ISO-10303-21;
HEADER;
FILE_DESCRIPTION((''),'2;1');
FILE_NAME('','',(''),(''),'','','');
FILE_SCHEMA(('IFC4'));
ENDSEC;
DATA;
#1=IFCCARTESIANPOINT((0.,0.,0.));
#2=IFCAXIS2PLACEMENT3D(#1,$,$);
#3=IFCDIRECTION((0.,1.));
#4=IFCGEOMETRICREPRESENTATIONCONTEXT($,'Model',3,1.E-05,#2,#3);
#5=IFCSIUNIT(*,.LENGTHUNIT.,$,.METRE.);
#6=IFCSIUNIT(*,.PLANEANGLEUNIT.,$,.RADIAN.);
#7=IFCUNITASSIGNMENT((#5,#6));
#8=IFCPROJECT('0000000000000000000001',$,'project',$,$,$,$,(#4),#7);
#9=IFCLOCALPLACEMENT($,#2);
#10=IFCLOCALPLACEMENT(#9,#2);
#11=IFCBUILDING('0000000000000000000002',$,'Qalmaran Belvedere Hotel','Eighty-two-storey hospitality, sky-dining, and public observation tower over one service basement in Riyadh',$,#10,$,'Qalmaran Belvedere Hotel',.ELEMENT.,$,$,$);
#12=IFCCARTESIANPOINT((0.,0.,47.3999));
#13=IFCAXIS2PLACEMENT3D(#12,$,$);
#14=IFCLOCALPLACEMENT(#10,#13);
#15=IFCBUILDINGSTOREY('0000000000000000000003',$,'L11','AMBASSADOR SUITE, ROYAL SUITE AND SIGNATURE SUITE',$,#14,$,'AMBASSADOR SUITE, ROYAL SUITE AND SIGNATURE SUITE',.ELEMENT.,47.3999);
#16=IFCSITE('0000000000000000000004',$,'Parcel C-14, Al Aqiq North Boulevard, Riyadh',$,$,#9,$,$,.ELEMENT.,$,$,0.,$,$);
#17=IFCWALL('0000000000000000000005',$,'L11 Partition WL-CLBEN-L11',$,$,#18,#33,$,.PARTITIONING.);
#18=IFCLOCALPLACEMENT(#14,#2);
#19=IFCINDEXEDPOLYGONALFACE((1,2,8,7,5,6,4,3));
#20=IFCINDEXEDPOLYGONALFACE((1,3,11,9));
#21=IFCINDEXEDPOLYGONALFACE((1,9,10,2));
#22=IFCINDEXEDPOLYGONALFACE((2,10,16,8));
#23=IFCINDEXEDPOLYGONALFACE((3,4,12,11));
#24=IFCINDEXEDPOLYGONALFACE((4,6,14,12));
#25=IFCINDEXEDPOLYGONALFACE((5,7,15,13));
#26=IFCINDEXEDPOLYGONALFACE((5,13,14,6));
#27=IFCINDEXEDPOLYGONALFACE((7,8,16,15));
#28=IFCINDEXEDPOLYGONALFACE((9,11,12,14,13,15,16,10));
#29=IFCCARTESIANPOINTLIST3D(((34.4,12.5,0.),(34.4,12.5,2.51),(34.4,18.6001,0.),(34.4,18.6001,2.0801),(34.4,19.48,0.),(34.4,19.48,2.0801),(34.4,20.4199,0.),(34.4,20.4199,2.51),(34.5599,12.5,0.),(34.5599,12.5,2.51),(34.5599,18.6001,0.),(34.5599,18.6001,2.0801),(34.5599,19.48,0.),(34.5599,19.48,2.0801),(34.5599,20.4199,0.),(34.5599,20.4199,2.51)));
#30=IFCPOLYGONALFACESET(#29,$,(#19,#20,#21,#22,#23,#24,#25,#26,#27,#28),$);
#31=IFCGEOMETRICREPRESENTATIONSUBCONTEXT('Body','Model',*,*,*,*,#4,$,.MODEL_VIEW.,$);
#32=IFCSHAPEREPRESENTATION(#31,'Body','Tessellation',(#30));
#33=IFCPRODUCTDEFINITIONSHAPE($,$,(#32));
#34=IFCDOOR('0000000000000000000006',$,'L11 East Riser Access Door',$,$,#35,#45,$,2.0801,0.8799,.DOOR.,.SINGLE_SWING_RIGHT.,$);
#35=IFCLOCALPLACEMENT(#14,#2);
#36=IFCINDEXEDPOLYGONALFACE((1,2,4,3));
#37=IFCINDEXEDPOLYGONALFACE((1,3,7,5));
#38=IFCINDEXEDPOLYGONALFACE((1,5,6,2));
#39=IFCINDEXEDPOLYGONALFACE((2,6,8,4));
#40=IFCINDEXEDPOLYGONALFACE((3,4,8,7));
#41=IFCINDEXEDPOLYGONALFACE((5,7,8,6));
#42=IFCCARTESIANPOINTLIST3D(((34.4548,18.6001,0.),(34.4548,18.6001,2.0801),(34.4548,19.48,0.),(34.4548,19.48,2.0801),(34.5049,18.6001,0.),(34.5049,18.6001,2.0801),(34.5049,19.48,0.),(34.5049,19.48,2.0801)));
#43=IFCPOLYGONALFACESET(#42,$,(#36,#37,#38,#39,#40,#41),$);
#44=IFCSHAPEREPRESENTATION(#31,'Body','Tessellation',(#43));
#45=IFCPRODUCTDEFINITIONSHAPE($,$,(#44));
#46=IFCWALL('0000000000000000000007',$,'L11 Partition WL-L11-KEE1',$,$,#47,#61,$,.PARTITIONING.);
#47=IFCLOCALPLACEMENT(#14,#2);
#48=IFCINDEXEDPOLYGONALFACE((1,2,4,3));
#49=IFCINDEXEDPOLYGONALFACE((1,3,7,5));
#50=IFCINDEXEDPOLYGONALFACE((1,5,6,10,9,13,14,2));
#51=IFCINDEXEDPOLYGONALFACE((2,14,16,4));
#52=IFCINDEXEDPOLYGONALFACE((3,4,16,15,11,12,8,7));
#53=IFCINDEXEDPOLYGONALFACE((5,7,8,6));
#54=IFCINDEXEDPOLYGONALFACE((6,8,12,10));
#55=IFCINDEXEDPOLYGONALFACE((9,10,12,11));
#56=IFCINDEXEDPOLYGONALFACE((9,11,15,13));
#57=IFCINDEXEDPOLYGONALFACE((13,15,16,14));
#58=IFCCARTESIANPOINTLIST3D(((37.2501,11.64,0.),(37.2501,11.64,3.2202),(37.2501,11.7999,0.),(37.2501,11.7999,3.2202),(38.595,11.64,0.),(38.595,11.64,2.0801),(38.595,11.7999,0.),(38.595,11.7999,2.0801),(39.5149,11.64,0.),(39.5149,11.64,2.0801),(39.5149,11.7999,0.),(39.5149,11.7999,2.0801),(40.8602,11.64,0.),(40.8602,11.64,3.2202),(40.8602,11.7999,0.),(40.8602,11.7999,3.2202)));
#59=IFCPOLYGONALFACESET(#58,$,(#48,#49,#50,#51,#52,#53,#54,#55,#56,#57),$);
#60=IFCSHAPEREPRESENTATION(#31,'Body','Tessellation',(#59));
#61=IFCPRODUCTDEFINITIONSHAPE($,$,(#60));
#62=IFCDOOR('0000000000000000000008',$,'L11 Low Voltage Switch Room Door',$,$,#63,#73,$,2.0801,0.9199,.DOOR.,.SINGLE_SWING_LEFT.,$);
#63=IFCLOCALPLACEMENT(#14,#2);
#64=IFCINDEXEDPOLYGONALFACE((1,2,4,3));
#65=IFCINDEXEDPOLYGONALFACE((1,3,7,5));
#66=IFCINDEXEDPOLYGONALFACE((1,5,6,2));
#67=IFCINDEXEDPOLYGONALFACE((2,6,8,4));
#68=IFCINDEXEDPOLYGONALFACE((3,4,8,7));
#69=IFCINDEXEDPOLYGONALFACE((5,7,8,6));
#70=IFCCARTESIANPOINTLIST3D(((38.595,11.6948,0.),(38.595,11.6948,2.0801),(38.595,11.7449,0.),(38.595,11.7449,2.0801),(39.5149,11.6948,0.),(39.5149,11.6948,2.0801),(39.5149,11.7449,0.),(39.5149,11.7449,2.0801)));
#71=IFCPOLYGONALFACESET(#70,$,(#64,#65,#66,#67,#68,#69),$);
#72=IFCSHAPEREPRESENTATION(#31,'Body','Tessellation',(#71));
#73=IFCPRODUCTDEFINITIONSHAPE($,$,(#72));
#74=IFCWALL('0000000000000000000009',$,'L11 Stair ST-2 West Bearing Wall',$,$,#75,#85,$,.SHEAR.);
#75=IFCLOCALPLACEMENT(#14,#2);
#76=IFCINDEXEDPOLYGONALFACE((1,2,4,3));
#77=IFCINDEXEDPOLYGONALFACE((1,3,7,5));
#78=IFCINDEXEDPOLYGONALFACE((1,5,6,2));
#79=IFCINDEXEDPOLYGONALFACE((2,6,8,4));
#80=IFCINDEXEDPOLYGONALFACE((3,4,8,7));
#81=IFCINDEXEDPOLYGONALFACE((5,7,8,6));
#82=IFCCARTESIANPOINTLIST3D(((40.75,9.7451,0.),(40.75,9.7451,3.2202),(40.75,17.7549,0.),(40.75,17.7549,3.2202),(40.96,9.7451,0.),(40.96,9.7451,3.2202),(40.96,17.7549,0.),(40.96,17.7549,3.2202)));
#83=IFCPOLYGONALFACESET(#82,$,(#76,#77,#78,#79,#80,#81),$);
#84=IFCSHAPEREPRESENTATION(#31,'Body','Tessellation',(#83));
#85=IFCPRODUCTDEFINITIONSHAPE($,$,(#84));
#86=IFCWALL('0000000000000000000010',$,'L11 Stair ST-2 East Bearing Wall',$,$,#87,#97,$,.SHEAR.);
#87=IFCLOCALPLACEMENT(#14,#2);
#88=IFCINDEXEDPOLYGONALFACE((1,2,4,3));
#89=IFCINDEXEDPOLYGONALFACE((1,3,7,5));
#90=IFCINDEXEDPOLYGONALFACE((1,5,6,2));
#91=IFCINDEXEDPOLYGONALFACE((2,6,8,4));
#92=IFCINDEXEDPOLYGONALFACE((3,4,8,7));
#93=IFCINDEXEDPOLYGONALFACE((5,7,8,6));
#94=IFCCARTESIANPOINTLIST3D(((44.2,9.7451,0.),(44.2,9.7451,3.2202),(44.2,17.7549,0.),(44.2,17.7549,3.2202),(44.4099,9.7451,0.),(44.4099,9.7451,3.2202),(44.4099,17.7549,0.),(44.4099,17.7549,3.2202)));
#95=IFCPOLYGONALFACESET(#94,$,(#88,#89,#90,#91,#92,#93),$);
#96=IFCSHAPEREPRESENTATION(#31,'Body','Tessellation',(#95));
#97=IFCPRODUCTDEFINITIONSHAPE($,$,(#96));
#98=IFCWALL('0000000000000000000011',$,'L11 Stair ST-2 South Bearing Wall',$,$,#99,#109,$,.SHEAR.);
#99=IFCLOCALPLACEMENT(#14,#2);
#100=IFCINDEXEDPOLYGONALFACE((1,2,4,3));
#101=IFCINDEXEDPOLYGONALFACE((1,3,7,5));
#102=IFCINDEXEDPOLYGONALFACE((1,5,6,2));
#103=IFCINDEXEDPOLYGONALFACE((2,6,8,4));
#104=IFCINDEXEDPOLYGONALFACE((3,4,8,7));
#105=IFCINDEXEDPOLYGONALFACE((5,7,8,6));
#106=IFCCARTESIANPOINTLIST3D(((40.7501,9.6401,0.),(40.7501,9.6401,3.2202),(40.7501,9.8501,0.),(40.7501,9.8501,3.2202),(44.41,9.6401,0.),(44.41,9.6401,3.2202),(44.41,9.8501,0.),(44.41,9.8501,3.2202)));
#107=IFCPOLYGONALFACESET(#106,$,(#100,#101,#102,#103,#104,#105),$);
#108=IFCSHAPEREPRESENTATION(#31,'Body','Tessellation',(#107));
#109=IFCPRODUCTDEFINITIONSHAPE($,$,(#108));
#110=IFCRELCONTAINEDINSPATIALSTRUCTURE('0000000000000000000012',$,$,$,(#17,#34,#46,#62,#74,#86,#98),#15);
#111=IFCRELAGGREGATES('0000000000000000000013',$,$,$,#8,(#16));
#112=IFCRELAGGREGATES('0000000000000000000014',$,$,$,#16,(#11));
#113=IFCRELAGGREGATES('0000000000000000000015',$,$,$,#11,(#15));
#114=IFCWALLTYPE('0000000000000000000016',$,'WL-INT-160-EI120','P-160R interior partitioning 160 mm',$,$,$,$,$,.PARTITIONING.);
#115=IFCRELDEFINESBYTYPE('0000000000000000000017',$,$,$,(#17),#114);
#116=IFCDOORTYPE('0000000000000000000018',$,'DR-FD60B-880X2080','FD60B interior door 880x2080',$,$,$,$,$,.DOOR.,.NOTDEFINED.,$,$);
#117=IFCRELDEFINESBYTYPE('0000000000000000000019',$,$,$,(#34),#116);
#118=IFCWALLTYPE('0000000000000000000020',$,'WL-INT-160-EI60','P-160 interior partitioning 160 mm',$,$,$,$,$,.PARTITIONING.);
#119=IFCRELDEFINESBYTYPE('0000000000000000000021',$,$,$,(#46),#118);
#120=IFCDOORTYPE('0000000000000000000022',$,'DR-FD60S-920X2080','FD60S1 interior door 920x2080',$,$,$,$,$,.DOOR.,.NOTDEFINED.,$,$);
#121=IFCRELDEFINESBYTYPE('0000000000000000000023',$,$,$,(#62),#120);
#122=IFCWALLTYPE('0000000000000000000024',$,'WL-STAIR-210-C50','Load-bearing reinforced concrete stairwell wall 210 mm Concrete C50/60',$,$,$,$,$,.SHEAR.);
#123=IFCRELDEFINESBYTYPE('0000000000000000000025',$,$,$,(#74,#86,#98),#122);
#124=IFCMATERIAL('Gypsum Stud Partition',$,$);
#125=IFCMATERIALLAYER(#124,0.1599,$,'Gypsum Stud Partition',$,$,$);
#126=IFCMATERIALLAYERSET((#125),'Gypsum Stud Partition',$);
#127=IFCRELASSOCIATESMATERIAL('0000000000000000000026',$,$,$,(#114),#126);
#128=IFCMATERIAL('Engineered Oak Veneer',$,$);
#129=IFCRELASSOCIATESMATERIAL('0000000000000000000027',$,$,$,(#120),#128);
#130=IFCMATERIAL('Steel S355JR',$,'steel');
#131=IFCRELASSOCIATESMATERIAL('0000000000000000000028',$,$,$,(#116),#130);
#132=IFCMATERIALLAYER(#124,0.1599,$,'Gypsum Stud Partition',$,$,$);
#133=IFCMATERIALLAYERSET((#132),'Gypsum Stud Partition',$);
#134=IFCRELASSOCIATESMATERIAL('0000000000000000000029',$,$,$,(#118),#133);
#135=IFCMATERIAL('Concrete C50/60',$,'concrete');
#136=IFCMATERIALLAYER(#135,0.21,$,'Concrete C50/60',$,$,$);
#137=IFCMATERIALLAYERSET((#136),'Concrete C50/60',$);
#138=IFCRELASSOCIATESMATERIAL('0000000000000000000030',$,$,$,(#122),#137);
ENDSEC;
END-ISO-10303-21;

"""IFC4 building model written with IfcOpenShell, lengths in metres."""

from ifc_helpers import new_model, si_unit, direction, frame, frame_2d, origin, place, context, subcontext, project, spatial, rectangle, extrude, material, layer, layer_set, type_object, element, fill, save


model = new_model("IFC4")

# Units and contexts
model_context = context("Model", 3, precision=1e-05, world=origin(), true_north=direction((0.0, 1.0)))
body_context = subcontext(model_context, "Body", "Model", "MODEL_VIEW")
ifc_project = project(units=[si_unit("LENGTHUNIT", "METRE"), si_unit("PLANEANGLEUNIT", "RADIAN")], contexts=[model_context])

# Site, building, storey
site_placement = place(None, origin())
site = spatial("IfcSite", under=ifc_project, at=site_placement, Name="Parcel C-14, Al Aqiq North Boulevard, Riyadh", CompositionType="ELEMENT", RefElevation=0.0)
building_placement = place(site_placement, origin())
building = spatial("IfcBuilding", under=site, at=building_placement, Name="Qalmaran Belvedere Hotel", Description="Eighty-two-storey hospitality, sky-dining, and public observation tower over one service basement in Riyadh", LongName="Qalmaran Belvedere Hotel", CompositionType="ELEMENT")
storey_placement = place(building_placement, frame((0.0, 0.0, 47.3999)))
storey = spatial("IfcBuildingStorey", under=building, at=storey_placement, Name="L11", Description="AMBASSADOR SUITE, ROYAL SUITE AND SIGNATURE SUITE", LongName="AMBASSADOR SUITE, ROYAL SUITE AND SIGNATURE SUITE", CompositionType="ELEMENT", Elevation=47.3999)

# Shared definitions
ifc_material_1 = material(Name="Steel S355JR", Category="steel")

# Shared definitions
ifc_material_2 = material(Name="Gypsum Stud Partition")
ifc_layer_1 = layer(ifc_material_2, 0.1599, Name="Gypsum Stud Partition")
ifc_layer_set_1 = layer_set([ifc_layer_1], Name="Gypsum Stud Partition")
wall_type_1 = type_object("IfcWallType", Name="WL-INT-160-EI120", Description="P-160R interior partitioning 160 mm", PredefinedType="PARTITIONING", material=ifc_layer_set_1)

# Shared definitions
ifc_material_3 = material(Name="Engineered Oak Veneer")
door_type_1 = type_object("IfcDoorType", Name="DR-FD60S-920X2080", Description="FD60S1 interior door 920x2080", OperationType="NOTDEFINED", PredefinedType="DOOR", material=ifc_material_3)

# Walls, openings, doors
door_type_2 = type_object("IfcDoorType", Name="DR-FD60B-880X2080", Description="FD60B interior door 880x2080", OperationType="NOTDEFINED", PredefinedType="DOOR", material=ifc_material_1)
wall_1_placement = place(storey_placement, frame((34.48, 12.5, 0.0), z_axis=(0.0, 0.0, 1.0), x_axis=(0.0, 1.0, 0.0)))
wall_1 = element("IfcWall", 1, at=wall_1_placement, inside=storey, type_object=wall_type_1, Name="L11 Partition WL-CLBEN-L11", PredefinedType="PARTITIONING", context=body_context, shape_type="SweptSolid", body=[
    extrude(rectangle(XDim=7.9199, YDim=0.1599, at=frame_2d((3.96, 0.0))), origin(), (0.0, 0.0, 1.0), 2.51),
])
opening_1_placement = place(wall_1_placement, frame((6.98, 0.0, 0.0), z_axis=(0.0, 0.0, 1.0), x_axis=(-1.0, 0.0, 0.0)))
opening_1 = element("IfcOpeningElement", 2, at=opening_1_placement, cuts=wall_1, PredefinedType="OPENING", context=body_context, shape_type="SweptSolid", body=[
    extrude(rectangle(XDim=0.8799, YDim=2.0801, at=frame_2d((0.4399, 1.04))), frame((0.0, 0.0898, 0.0), z_axis=(0.0, -1.0, 0.0), x_axis=(1.0, 0.0, 0.0)), (0.0, 0.0, 1.0), 0.1799),
])
door_1_placement = place(opening_1_placement, origin())
door_1 = element("IfcDoor", 3, at=door_1_placement, inside=storey, type_object=door_type_2, Name="L11 East Riser Access Door", OperationType="SINGLE_SWING_RIGHT", OverallHeight=2.0801, OverallWidth=0.8799, PredefinedType="DOOR", context=body_context, shape_type="SweptSolid", body=[
    extrude(rectangle(XDim=0.8799, YDim=2.0801, at=frame_2d((0.4399, 1.04))), frame((0.0, 0.0249, 0.0), z_axis=(0.0, -1.0, 0.0), x_axis=(1.0, 0.0, 0.0)), (0.0, 0.0, 1.0), 0.05),
])
fill(opening_1, door_1)
ifc_layer_2 = layer(ifc_material_2, 0.1599, Name="Gypsum Stud Partition")
ifc_layer_set_2 = layer_set([ifc_layer_2], Name="Gypsum Stud Partition")
wall_type_2 = type_object("IfcWallType", Name="WL-INT-160-EI60", Description="P-160 interior partitioning 160 mm", PredefinedType="PARTITIONING", material=ifc_layer_set_2)
wall_2_placement = place(storey_placement, frame((37.25, 11.72, 0.0), z_axis=(0.0, 0.0, 1.0), x_axis=(1.0, 0.0, 0.0)))
wall_2 = element("IfcWall", 4, at=wall_2_placement, inside=storey, type_object=wall_type_2, Name="L11 Partition WL-L11-KEE1", PredefinedType="PARTITIONING", context=body_context, shape_type="SweptSolid", body=[
    extrude(rectangle(XDim=3.6101, YDim=0.1599, at=frame_2d((1.8052, 0.0))), origin(), (0.0, 0.0, 1.0), 3.2202),
])
opening_2_placement = place(wall_2_placement, frame((1.345, 0.0, 0.0)))
opening_2 = element("IfcOpeningElement", 5, at=opening_2_placement, cuts=wall_2, PredefinedType="OPENING", context=body_context, shape_type="SweptSolid", body=[
    extrude(rectangle(XDim=0.9199, YDim=2.0801, at=frame_2d((0.46, 1.04))), frame((0.0, 0.0898, 0.0), z_axis=(0.0, -1.0, 0.0), x_axis=(1.0, 0.0, 0.0)), (0.0, 0.0, 1.0), 0.1799),
])
door_2_placement = place(opening_2_placement, origin())
door_2 = element("IfcDoor", 6, at=door_2_placement, inside=storey, type_object=door_type_1, Name="L11 Low Voltage Switch Room Door", OperationType="SINGLE_SWING_LEFT", OverallHeight=2.0801, OverallWidth=0.9199, PredefinedType="DOOR", context=body_context, shape_type="SweptSolid", body=[
    extrude(rectangle(XDim=0.9199, YDim=2.0801, at=frame_2d((0.46, 1.04))), frame((0.0, 0.0249, 0.0), z_axis=(0.0, -1.0, 0.0), x_axis=(1.0, 0.0, 0.0)), (0.0, 0.0, 1.0), 0.05),
])
fill(opening_2, door_2)

# Walls
ifc_material_4 = material(Name="Concrete C50/60", Category="concrete")
ifc_layer_3 = layer(ifc_material_4, 0.21, Name="Concrete C50/60")
ifc_layer_set_3 = layer_set([ifc_layer_3], Name="Concrete C50/60")
wall_type_3 = type_object("IfcWallType", Name="WL-STAIR-210-C50", Description="Load-bearing reinforced concrete stairwell wall 210 mm Concrete C50/60", PredefinedType="SHEAR", material=ifc_layer_set_3)
for number, where, z_axis, x_axis, name in (
    (7, (40.855, 9.7451, 0.0), (0.0, 0.0, 1.0), (0.0, 1.0, 0.0), "L11 Stair ST-2 West Bearing Wall"),
    (8, (44.3049, 9.7451, 0.0), (0.0, 0.0, 1.0), (0.0, 1.0, 0.0), "L11 Stair ST-2 East Bearing Wall"),
):
    element("IfcWall", number, at=place(storey_placement, frame(where, z_axis=z_axis, x_axis=x_axis)), inside=storey, type_object=wall_type_3, Name=name, PredefinedType="SHEAR", context=body_context, shape_type="SweptSolid", body=[
        extrude(rectangle(XDim=8.0098, YDim=0.21, at=frame_2d((4.0049, 0.0))), origin(), (0.0, 0.0, 1.0), 3.2202),
    ])
wall_3_placement = place(storey_placement, frame((40.75, 9.7451, 0.0), z_axis=(0.0, 0.0, 1.0), x_axis=(1.0, 0.0, 0.0)))
element("IfcWall", 9, at=wall_3_placement, inside=storey, type_object=wall_type_3, Name="L11 Stair ST-2 South Bearing Wall", PredefinedType="SHEAR", context=body_context, shape_type="SweptSolid", body=[
    extrude(rectangle(XDim=3.6599, YDim=0.21, at=frame_2d((1.8301, 0.0))), origin(), (0.0, 0.0, 1.0), 3.2202),
])

save(model, "model.ifc")
